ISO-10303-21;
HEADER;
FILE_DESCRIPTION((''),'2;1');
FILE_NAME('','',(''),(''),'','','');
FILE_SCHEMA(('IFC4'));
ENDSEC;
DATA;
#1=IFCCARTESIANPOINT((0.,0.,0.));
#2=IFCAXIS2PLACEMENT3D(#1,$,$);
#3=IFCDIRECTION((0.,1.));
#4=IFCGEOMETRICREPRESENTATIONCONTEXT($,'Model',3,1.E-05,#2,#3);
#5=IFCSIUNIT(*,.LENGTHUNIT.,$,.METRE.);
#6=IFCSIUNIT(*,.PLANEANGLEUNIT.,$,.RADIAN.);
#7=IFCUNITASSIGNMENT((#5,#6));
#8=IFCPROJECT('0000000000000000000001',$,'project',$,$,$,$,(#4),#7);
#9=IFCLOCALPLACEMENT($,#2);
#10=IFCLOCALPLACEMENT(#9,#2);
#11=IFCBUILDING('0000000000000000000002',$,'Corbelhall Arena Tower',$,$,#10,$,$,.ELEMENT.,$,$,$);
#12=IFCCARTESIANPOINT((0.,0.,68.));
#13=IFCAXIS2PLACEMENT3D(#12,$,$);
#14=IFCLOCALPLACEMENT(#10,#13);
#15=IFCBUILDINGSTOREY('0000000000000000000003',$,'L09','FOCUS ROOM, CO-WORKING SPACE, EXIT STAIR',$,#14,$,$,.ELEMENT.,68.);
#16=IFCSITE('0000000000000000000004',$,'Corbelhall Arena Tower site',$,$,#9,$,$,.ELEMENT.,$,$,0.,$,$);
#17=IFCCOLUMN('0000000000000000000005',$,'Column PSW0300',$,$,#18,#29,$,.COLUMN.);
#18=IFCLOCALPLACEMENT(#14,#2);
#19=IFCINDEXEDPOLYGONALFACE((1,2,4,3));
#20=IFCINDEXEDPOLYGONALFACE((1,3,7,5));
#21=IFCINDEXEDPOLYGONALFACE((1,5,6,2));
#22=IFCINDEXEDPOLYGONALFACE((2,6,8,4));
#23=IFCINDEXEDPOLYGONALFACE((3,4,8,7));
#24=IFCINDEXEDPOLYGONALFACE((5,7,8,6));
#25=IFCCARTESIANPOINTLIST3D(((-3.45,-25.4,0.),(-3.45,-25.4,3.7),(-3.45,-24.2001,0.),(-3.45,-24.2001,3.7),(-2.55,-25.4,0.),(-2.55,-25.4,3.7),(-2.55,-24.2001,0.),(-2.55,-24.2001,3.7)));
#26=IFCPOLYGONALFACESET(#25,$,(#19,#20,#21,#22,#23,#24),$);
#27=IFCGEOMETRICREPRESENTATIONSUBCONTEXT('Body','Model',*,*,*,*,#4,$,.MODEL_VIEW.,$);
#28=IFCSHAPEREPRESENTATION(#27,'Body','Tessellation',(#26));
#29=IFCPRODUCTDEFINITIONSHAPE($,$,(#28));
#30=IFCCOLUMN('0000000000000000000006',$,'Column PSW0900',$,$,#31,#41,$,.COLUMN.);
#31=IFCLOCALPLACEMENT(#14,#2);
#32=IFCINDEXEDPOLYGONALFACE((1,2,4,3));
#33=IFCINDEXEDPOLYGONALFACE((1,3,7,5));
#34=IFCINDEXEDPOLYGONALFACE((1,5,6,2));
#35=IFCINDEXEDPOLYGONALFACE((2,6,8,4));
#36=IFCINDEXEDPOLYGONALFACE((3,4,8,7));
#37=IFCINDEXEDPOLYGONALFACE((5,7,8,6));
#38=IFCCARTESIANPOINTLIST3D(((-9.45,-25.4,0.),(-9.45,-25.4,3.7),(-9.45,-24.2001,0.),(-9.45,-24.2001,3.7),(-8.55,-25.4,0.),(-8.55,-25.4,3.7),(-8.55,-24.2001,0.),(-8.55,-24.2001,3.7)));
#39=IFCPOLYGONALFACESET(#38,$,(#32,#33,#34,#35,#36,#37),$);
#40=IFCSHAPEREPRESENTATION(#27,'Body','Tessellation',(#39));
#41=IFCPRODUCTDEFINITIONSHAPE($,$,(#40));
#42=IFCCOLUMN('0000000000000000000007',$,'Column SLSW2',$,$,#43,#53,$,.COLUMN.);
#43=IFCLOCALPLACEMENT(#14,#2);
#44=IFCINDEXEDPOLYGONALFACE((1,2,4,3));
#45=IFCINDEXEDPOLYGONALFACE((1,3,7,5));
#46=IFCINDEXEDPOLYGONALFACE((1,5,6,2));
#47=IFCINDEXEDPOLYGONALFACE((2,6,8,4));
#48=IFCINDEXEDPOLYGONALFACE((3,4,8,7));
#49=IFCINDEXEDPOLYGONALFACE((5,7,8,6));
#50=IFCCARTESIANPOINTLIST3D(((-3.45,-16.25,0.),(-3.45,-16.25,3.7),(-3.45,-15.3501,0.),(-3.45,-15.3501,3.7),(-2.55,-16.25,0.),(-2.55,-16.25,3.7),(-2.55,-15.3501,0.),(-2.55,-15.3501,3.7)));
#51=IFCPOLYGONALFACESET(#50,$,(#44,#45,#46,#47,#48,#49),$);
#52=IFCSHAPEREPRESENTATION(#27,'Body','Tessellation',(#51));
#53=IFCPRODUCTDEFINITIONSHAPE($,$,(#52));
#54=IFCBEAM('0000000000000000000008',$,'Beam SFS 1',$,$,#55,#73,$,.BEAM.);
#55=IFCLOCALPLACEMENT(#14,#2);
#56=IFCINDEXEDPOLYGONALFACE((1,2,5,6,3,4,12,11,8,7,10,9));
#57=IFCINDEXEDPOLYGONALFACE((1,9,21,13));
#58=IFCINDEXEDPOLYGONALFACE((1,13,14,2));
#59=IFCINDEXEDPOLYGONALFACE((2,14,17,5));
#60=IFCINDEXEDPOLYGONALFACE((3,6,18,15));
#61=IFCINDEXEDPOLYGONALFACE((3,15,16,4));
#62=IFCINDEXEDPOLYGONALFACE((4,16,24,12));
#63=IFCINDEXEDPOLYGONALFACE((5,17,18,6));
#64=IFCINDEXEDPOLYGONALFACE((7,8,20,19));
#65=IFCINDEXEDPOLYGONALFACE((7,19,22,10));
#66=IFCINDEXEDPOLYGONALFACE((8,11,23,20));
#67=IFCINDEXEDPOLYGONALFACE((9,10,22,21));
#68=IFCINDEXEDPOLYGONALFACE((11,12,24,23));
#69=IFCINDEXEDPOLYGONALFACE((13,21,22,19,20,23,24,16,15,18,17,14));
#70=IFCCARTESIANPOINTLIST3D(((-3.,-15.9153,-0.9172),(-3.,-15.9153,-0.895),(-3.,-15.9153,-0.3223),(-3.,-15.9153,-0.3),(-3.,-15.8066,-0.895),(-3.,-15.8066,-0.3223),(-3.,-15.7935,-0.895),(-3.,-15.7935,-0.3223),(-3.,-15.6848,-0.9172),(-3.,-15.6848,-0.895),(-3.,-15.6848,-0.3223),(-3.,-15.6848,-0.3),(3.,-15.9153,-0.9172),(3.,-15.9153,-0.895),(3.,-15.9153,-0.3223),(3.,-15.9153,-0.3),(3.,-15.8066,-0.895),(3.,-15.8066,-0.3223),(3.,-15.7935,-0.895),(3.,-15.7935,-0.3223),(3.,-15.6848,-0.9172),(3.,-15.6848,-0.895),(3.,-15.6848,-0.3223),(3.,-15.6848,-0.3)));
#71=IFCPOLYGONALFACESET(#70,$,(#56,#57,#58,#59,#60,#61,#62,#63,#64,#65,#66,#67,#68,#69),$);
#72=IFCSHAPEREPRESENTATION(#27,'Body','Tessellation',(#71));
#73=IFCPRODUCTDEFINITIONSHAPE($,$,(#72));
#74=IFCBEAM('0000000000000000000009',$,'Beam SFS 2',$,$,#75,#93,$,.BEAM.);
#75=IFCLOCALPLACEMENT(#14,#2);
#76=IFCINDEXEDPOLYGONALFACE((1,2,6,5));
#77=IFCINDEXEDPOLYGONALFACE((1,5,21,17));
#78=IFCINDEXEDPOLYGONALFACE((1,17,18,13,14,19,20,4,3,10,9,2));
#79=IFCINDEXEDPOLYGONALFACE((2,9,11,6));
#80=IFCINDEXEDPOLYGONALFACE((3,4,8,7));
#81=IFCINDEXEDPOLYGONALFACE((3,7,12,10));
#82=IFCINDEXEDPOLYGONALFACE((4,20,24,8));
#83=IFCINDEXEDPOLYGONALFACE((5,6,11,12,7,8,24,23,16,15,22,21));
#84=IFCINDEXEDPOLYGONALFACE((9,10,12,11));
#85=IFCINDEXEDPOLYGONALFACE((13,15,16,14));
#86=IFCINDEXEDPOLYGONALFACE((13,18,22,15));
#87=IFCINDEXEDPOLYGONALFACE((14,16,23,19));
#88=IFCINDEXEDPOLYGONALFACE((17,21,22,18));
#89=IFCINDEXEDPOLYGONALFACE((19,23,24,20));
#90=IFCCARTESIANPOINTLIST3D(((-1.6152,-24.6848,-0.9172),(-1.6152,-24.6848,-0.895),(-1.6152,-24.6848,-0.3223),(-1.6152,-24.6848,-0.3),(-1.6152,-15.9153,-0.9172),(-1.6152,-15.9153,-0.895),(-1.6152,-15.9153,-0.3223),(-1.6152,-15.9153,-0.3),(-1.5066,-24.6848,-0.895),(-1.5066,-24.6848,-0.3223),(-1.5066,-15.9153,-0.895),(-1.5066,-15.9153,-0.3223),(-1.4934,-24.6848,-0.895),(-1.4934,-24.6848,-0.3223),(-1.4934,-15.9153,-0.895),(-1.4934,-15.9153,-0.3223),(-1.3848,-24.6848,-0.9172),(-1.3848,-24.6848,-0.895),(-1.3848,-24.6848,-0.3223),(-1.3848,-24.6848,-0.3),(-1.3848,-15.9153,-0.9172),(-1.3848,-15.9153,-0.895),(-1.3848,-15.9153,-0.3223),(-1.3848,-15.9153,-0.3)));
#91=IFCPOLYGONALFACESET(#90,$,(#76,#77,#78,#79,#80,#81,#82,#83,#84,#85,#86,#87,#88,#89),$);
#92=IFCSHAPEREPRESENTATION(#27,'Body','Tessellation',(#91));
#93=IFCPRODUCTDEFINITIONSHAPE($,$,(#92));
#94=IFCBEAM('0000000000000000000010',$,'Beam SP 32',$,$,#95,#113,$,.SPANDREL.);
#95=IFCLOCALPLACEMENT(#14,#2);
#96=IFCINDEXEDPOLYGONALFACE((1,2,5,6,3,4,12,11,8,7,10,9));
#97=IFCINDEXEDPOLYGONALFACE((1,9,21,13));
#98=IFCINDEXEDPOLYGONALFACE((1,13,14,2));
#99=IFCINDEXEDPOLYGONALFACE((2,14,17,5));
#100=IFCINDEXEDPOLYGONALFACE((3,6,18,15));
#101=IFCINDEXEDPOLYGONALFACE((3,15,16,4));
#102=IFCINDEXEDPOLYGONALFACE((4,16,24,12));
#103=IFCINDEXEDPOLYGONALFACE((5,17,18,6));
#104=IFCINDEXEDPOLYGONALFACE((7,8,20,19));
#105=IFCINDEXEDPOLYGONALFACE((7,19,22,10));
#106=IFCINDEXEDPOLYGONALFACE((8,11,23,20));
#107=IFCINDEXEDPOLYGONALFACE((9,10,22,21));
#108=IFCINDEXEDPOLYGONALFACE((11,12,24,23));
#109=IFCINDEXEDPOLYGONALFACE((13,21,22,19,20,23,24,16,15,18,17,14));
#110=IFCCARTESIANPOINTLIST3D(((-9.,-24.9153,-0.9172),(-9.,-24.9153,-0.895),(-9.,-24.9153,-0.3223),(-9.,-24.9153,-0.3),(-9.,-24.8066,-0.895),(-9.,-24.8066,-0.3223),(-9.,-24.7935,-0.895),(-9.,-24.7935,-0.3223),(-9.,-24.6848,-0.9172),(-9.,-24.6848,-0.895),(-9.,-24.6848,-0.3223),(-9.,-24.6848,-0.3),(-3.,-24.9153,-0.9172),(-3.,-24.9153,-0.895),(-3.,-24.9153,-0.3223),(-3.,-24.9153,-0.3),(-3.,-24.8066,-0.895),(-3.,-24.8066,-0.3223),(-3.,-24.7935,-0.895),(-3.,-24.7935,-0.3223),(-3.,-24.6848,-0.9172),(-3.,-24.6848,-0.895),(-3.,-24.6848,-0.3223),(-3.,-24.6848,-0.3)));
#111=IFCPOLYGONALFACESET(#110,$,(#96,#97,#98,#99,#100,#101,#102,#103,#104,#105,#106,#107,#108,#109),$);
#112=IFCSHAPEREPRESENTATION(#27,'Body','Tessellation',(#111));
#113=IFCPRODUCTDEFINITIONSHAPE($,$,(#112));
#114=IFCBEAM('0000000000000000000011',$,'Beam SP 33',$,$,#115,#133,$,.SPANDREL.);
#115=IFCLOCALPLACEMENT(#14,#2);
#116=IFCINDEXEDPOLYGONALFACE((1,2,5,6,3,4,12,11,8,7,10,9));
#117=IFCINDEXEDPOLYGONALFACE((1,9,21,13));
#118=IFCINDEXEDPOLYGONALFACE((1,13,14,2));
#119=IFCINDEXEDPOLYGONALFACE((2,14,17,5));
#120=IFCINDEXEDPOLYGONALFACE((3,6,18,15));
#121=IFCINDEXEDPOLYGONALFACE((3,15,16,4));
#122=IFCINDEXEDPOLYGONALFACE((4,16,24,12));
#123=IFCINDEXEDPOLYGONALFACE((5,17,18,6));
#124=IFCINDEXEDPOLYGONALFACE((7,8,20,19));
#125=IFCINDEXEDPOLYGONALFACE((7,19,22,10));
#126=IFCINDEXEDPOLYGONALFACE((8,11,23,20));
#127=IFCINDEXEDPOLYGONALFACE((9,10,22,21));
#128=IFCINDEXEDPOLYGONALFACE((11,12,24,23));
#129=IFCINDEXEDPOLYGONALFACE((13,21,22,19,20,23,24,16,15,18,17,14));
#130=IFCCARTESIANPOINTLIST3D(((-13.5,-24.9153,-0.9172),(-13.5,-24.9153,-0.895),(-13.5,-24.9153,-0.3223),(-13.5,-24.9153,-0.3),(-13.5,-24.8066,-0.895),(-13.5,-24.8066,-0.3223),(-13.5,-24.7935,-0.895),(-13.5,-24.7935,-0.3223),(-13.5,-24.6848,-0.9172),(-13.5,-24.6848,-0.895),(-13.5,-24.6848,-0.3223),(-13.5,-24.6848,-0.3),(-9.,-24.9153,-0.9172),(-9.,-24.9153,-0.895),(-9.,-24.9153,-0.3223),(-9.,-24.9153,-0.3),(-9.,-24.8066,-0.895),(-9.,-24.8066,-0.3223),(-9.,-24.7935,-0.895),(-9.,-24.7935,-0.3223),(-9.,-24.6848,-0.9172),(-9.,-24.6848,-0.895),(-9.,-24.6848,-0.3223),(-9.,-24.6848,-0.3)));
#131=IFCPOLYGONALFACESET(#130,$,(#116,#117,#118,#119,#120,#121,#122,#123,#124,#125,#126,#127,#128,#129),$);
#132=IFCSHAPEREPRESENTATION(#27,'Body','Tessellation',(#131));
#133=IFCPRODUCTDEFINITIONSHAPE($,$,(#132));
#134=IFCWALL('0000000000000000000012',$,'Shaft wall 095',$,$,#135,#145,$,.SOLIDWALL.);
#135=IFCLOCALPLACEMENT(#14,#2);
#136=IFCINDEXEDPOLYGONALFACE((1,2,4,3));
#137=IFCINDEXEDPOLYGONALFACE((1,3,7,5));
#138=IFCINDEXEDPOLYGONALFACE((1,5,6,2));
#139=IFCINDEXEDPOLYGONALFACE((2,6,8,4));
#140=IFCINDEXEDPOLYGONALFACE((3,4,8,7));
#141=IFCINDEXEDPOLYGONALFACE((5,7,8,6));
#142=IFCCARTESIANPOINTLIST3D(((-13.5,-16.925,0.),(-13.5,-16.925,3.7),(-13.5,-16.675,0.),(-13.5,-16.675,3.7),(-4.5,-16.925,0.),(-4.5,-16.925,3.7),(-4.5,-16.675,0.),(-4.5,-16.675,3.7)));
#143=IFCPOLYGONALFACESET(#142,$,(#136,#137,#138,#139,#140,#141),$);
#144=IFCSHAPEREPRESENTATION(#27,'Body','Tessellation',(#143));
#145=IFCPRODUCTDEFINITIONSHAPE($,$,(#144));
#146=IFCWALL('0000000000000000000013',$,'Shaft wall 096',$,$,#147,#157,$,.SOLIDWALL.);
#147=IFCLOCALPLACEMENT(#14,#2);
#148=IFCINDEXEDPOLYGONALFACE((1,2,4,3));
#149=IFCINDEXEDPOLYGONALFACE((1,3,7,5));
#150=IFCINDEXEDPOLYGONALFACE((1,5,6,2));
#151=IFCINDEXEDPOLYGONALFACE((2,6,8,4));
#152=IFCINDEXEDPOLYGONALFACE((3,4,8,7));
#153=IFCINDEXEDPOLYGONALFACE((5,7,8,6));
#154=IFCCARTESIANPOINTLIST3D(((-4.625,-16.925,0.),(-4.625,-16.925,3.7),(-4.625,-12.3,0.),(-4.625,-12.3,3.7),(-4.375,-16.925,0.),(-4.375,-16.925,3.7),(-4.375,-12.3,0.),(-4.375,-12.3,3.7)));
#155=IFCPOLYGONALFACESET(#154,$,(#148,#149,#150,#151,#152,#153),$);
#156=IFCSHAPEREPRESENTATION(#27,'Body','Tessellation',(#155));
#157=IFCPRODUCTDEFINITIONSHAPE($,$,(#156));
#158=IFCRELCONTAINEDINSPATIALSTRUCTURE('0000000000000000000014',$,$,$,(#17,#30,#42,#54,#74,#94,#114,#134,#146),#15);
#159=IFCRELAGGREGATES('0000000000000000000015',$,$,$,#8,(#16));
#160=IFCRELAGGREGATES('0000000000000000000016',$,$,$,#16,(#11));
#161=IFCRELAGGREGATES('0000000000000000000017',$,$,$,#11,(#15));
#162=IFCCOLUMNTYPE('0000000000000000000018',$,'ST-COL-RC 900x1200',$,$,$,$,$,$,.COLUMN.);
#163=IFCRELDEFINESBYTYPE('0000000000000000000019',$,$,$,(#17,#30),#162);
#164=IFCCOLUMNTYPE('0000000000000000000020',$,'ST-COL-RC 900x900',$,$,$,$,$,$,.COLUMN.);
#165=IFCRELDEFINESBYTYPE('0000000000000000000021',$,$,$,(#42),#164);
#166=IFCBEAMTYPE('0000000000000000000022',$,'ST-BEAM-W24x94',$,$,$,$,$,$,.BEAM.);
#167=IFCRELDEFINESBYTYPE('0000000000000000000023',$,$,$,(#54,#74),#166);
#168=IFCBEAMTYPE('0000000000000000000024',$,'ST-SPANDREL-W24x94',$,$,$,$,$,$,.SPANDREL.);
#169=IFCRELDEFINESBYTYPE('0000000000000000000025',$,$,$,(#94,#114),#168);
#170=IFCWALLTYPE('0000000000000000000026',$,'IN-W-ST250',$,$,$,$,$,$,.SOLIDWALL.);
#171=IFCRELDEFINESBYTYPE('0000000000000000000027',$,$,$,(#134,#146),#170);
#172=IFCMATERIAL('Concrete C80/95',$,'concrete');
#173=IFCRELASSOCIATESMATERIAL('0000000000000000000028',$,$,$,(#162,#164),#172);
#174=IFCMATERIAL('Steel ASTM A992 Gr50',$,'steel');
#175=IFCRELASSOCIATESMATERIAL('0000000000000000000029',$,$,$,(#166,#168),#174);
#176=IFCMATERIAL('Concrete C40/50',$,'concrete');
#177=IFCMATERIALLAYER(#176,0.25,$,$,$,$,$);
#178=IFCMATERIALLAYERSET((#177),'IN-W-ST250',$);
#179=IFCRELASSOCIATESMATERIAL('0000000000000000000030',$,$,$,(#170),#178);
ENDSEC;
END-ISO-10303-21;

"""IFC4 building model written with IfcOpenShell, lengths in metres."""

from ifc_helpers import new_model, si_unit, direction, frame, frame_2d, origin, origin_2d, place, context, subcontext, project, spatial, rectangle, i_section, extrude, material, layer, layer_set, material_profile, profile_set, type_object, element, save


model = new_model("IFC4")

# Units and contexts
model_context = context("Model", 3, precision=1e-05, world=origin(), true_north=direction((0.0, 1.0)))
body_context = subcontext(model_context, "Body", "Model", "MODEL_VIEW")
ifc_project = project(units=[si_unit("LENGTHUNIT", "METRE"), si_unit("PLANEANGLEUNIT", "RADIAN")], contexts=[model_context])

# Site, building, storey
site_placement = place(None, origin())
site = spatial("IfcSite", under=ifc_project, at=site_placement, Name="Corbelhall Arena Tower site", CompositionType="ELEMENT", RefElevation=0.0)
building_placement = place(site_placement, origin())
building = spatial("IfcBuilding", under=site, at=building_placement, Name="Corbelhall Arena Tower", CompositionType="ELEMENT")
storey_placement = place(building_placement, frame((0.0, 0.0, 68.0)))
storey = spatial("IfcBuildingStorey", under=building, at=storey_placement, Name="L09", Description="FOCUS ROOM, CO-WORKING SPACE, EXIT STAIR", CompositionType="ELEMENT", Elevation=68.0)

# Columns
ifc_material_1 = material(Name="Concrete C80/95", Category="concrete")
ifc_material_profile_1 = material_profile(ifc_material_1, rectangle(XDim=0.8999, YDim=1.2, at=origin_2d()))
ifc_profile_set_1 = profile_set([ifc_material_profile_1], Name="Concrete C80/95")
column_type_1 = type_object("IfcColumnType", Name="ST-COL-RC 900x1200", PredefinedType="COLUMN", material=ifc_profile_set_1)
for number, where, z_axis, x_axis, name in (
    (1, (-3.0, -24.8, 0.0), (0.0, 0.0, 1.0), (1.0, 0.0, 0.0), "Column PSW0300"),
    (2, (-9.0, -24.8, 0.0), (0.0, 0.0, 1.0), (1.0, 0.0, 0.0), "Column PSW0900"),
):
    element("IfcColumn", number, at=place(storey_placement, frame(where, z_axis=z_axis, x_axis=x_axis)), inside=storey, type_object=column_type_1, Name=name, PredefinedType="COLUMN", context=body_context, shape_type="SweptSolid", body=[
        extrude(rectangle(XDim=0.8999, YDim=1.2, at=origin_2d()), origin(), (0.0, 0.0, 1.0), 3.7),
    ])
ifc_material_profile_2 = material_profile(ifc_material_1, rectangle(XDim=0.8999, YDim=0.8999, at=origin_2d()))
ifc_profile_set_2 = profile_set([ifc_material_profile_2], Name="Concrete C80/95")
column_type_2 = type_object("IfcColumnType", Name="ST-COL-RC 900x900", PredefinedType="COLUMN", material=ifc_profile_set_2)
column_placement = place(storey_placement, frame((-3.0, -15.8, 0.0), z_axis=(0.0, 0.0, 1.0), x_axis=(1.0, 0.0, 0.0)))
element("IfcColumn", 3, at=column_placement, inside=storey, type_object=column_type_2, Name="Column SLSW2", PredefinedType="COLUMN", context=body_context, shape_type="SweptSolid", body=[
    extrude(rectangle(XDim=0.8999, YDim=0.8999, at=origin_2d()), origin(), (0.0, 0.0, 1.0), 3.7),
])

# Beams
ifc_material_2 = material(Name="Steel ASTM A992 Gr50", Category="steel")
ifc_material_profile_3 = material_profile(ifc_material_2, i_section(OverallWidth=0.2305, OverallDepth=0.6172, WebThickness=0.0132, FlangeThickness=0.0222, at=origin_2d()))
ifc_profile_set_3 = profile_set([ifc_material_profile_3], Name="Steel ASTM A992 Gr50")
beam_type_1 = type_object("IfcBeamType", Name="ST-BEAM-W24x94", PredefinedType="BEAM", material=ifc_profile_set_3)
beam_1_placement = place(storey_placement, frame((-3.0, -15.8, -0.6086), z_axis=(1.0, 0.0, 0.0), x_axis=(0.0, 1.0, 0.0)))
element("IfcBeam", 4, at=beam_1_placement, inside=storey, type_object=beam_type_1, Name="Beam SFS 1", PredefinedType="BEAM", context=body_context, shape_type="SweptSolid", body=[
    extrude(i_section(OverallWidth=0.2305, OverallDepth=0.6172, WebThickness=0.0132, FlangeThickness=0.0222, at=origin_2d()), origin(), (0.0, 0.0, 1.0), 6.0),
])
beam_2_placement = place(storey_placement, frame((-1.5, -15.9153, -0.6086), z_axis=(0.0, -1.0, 0.0), x_axis=(1.0, 0.0, 0.0)))
element("IfcBeam", 5, at=beam_2_placement, inside=storey, type_object=beam_type_1, Name="Beam SFS 2", PredefinedType="BEAM", context=body_context, shape_type="SweptSolid", body=[
    extrude(i_section(OverallWidth=0.2305, OverallDepth=0.6172, WebThickness=0.0132, FlangeThickness=0.0222, at=origin_2d()), origin(), (0.0, 0.0, 1.0), 8.7695),
])
ifc_material_profile_4 = material_profile(ifc_material_2, i_section(OverallWidth=0.2305, OverallDepth=0.6172, WebThickness=0.0132, FlangeThickness=0.0222, at=origin_2d()))
ifc_profile_set_4 = profile_set([ifc_material_profile_4], Name="Steel ASTM A992 Gr50")
beam_type_2 = type_object("IfcBeamType", Name="ST-SPANDREL-W24x94", PredefinedType="SPANDREL", material=ifc_profile_set_4)
beam_3_placement = place(storey_placement, frame((-3.0, -24.8, -0.6086), z_axis=(-1.0, 0.0, 0.0), x_axis=(0.0, -1.0, 0.0)))
element("IfcBeam", 6, at=beam_3_placement, inside=storey, type_object=beam_type_2, Name="Beam SP 32", PredefinedType="SPANDREL", context=body_context, shape_type="SweptSolid", body=[
    extrude(i_section(OverallWidth=0.2305, OverallDepth=0.6172, WebThickness=0.0132, FlangeThickness=0.0222, at=origin_2d()), origin(), (0.0, 0.0, 1.0), 6.0),
])
beam_4_placement = place(storey_placement, frame((-9.0, -24.8, -0.6086), z_axis=(-1.0, 0.0, 0.0), x_axis=(0.0, -1.0, 0.0)))
element("IfcBeam", 7, at=beam_4_placement, inside=storey, type_object=beam_type_2, Name="Beam SP 33", PredefinedType="SPANDREL", context=body_context, shape_type="SweptSolid", body=[
    extrude(i_section(OverallWidth=0.2305, OverallDepth=0.6172, WebThickness=0.0132, FlangeThickness=0.0222, at=origin_2d()), origin(), (0.0, 0.0, 1.0), 4.5),
])

# Walls
ifc_material_3 = material(Name="Concrete C40/50", Category="concrete")
ifc_layer_1 = layer(ifc_material_3, 0.25)
ifc_layer_set_1 = layer_set([ifc_layer_1], Name="IN-W-ST250")
wall_type_1 = type_object("IfcWallType", Name="IN-W-ST250", PredefinedType="SOLIDWALL", material=ifc_layer_set_1)
wall_1_placement = place(storey_placement, frame((-4.5, -16.8, 0.0), z_axis=(0.0, 0.0, 1.0), x_axis=(-1.0, 0.0, 0.0)))
element("IfcWall", 8, at=wall_1_placement, inside=storey, type_object=wall_type_1, Name="Shaft wall 095", PredefinedType="SOLIDWALL", context=body_context, shape_type="SweptSolid", body=[
    extrude(rectangle(XDim=9.0, YDim=0.25, at=frame_2d((4.5, 0.0))), origin(), (0.0, 0.0, 1.0), 3.7),
])
wall_2_placement = place(storey_placement, frame((-4.5, -12.3, 0.0), z_axis=(0.0, 0.0, 1.0), x_axis=(0.0, -1.0, 0.0)))
element("IfcWall", 9, at=wall_2_placement, inside=storey, type_object=wall_type_1, Name="Shaft wall 096", PredefinedType="SOLIDWALL", context=body_context, shape_type="SweptSolid", body=[
    extrude(rectangle(XDim=4.625, YDim=0.25, at=frame_2d((2.3125, 0.0))), origin(), (0.0, 0.0, 1.0), 3.7),
])

save(model, "model.ifc")
